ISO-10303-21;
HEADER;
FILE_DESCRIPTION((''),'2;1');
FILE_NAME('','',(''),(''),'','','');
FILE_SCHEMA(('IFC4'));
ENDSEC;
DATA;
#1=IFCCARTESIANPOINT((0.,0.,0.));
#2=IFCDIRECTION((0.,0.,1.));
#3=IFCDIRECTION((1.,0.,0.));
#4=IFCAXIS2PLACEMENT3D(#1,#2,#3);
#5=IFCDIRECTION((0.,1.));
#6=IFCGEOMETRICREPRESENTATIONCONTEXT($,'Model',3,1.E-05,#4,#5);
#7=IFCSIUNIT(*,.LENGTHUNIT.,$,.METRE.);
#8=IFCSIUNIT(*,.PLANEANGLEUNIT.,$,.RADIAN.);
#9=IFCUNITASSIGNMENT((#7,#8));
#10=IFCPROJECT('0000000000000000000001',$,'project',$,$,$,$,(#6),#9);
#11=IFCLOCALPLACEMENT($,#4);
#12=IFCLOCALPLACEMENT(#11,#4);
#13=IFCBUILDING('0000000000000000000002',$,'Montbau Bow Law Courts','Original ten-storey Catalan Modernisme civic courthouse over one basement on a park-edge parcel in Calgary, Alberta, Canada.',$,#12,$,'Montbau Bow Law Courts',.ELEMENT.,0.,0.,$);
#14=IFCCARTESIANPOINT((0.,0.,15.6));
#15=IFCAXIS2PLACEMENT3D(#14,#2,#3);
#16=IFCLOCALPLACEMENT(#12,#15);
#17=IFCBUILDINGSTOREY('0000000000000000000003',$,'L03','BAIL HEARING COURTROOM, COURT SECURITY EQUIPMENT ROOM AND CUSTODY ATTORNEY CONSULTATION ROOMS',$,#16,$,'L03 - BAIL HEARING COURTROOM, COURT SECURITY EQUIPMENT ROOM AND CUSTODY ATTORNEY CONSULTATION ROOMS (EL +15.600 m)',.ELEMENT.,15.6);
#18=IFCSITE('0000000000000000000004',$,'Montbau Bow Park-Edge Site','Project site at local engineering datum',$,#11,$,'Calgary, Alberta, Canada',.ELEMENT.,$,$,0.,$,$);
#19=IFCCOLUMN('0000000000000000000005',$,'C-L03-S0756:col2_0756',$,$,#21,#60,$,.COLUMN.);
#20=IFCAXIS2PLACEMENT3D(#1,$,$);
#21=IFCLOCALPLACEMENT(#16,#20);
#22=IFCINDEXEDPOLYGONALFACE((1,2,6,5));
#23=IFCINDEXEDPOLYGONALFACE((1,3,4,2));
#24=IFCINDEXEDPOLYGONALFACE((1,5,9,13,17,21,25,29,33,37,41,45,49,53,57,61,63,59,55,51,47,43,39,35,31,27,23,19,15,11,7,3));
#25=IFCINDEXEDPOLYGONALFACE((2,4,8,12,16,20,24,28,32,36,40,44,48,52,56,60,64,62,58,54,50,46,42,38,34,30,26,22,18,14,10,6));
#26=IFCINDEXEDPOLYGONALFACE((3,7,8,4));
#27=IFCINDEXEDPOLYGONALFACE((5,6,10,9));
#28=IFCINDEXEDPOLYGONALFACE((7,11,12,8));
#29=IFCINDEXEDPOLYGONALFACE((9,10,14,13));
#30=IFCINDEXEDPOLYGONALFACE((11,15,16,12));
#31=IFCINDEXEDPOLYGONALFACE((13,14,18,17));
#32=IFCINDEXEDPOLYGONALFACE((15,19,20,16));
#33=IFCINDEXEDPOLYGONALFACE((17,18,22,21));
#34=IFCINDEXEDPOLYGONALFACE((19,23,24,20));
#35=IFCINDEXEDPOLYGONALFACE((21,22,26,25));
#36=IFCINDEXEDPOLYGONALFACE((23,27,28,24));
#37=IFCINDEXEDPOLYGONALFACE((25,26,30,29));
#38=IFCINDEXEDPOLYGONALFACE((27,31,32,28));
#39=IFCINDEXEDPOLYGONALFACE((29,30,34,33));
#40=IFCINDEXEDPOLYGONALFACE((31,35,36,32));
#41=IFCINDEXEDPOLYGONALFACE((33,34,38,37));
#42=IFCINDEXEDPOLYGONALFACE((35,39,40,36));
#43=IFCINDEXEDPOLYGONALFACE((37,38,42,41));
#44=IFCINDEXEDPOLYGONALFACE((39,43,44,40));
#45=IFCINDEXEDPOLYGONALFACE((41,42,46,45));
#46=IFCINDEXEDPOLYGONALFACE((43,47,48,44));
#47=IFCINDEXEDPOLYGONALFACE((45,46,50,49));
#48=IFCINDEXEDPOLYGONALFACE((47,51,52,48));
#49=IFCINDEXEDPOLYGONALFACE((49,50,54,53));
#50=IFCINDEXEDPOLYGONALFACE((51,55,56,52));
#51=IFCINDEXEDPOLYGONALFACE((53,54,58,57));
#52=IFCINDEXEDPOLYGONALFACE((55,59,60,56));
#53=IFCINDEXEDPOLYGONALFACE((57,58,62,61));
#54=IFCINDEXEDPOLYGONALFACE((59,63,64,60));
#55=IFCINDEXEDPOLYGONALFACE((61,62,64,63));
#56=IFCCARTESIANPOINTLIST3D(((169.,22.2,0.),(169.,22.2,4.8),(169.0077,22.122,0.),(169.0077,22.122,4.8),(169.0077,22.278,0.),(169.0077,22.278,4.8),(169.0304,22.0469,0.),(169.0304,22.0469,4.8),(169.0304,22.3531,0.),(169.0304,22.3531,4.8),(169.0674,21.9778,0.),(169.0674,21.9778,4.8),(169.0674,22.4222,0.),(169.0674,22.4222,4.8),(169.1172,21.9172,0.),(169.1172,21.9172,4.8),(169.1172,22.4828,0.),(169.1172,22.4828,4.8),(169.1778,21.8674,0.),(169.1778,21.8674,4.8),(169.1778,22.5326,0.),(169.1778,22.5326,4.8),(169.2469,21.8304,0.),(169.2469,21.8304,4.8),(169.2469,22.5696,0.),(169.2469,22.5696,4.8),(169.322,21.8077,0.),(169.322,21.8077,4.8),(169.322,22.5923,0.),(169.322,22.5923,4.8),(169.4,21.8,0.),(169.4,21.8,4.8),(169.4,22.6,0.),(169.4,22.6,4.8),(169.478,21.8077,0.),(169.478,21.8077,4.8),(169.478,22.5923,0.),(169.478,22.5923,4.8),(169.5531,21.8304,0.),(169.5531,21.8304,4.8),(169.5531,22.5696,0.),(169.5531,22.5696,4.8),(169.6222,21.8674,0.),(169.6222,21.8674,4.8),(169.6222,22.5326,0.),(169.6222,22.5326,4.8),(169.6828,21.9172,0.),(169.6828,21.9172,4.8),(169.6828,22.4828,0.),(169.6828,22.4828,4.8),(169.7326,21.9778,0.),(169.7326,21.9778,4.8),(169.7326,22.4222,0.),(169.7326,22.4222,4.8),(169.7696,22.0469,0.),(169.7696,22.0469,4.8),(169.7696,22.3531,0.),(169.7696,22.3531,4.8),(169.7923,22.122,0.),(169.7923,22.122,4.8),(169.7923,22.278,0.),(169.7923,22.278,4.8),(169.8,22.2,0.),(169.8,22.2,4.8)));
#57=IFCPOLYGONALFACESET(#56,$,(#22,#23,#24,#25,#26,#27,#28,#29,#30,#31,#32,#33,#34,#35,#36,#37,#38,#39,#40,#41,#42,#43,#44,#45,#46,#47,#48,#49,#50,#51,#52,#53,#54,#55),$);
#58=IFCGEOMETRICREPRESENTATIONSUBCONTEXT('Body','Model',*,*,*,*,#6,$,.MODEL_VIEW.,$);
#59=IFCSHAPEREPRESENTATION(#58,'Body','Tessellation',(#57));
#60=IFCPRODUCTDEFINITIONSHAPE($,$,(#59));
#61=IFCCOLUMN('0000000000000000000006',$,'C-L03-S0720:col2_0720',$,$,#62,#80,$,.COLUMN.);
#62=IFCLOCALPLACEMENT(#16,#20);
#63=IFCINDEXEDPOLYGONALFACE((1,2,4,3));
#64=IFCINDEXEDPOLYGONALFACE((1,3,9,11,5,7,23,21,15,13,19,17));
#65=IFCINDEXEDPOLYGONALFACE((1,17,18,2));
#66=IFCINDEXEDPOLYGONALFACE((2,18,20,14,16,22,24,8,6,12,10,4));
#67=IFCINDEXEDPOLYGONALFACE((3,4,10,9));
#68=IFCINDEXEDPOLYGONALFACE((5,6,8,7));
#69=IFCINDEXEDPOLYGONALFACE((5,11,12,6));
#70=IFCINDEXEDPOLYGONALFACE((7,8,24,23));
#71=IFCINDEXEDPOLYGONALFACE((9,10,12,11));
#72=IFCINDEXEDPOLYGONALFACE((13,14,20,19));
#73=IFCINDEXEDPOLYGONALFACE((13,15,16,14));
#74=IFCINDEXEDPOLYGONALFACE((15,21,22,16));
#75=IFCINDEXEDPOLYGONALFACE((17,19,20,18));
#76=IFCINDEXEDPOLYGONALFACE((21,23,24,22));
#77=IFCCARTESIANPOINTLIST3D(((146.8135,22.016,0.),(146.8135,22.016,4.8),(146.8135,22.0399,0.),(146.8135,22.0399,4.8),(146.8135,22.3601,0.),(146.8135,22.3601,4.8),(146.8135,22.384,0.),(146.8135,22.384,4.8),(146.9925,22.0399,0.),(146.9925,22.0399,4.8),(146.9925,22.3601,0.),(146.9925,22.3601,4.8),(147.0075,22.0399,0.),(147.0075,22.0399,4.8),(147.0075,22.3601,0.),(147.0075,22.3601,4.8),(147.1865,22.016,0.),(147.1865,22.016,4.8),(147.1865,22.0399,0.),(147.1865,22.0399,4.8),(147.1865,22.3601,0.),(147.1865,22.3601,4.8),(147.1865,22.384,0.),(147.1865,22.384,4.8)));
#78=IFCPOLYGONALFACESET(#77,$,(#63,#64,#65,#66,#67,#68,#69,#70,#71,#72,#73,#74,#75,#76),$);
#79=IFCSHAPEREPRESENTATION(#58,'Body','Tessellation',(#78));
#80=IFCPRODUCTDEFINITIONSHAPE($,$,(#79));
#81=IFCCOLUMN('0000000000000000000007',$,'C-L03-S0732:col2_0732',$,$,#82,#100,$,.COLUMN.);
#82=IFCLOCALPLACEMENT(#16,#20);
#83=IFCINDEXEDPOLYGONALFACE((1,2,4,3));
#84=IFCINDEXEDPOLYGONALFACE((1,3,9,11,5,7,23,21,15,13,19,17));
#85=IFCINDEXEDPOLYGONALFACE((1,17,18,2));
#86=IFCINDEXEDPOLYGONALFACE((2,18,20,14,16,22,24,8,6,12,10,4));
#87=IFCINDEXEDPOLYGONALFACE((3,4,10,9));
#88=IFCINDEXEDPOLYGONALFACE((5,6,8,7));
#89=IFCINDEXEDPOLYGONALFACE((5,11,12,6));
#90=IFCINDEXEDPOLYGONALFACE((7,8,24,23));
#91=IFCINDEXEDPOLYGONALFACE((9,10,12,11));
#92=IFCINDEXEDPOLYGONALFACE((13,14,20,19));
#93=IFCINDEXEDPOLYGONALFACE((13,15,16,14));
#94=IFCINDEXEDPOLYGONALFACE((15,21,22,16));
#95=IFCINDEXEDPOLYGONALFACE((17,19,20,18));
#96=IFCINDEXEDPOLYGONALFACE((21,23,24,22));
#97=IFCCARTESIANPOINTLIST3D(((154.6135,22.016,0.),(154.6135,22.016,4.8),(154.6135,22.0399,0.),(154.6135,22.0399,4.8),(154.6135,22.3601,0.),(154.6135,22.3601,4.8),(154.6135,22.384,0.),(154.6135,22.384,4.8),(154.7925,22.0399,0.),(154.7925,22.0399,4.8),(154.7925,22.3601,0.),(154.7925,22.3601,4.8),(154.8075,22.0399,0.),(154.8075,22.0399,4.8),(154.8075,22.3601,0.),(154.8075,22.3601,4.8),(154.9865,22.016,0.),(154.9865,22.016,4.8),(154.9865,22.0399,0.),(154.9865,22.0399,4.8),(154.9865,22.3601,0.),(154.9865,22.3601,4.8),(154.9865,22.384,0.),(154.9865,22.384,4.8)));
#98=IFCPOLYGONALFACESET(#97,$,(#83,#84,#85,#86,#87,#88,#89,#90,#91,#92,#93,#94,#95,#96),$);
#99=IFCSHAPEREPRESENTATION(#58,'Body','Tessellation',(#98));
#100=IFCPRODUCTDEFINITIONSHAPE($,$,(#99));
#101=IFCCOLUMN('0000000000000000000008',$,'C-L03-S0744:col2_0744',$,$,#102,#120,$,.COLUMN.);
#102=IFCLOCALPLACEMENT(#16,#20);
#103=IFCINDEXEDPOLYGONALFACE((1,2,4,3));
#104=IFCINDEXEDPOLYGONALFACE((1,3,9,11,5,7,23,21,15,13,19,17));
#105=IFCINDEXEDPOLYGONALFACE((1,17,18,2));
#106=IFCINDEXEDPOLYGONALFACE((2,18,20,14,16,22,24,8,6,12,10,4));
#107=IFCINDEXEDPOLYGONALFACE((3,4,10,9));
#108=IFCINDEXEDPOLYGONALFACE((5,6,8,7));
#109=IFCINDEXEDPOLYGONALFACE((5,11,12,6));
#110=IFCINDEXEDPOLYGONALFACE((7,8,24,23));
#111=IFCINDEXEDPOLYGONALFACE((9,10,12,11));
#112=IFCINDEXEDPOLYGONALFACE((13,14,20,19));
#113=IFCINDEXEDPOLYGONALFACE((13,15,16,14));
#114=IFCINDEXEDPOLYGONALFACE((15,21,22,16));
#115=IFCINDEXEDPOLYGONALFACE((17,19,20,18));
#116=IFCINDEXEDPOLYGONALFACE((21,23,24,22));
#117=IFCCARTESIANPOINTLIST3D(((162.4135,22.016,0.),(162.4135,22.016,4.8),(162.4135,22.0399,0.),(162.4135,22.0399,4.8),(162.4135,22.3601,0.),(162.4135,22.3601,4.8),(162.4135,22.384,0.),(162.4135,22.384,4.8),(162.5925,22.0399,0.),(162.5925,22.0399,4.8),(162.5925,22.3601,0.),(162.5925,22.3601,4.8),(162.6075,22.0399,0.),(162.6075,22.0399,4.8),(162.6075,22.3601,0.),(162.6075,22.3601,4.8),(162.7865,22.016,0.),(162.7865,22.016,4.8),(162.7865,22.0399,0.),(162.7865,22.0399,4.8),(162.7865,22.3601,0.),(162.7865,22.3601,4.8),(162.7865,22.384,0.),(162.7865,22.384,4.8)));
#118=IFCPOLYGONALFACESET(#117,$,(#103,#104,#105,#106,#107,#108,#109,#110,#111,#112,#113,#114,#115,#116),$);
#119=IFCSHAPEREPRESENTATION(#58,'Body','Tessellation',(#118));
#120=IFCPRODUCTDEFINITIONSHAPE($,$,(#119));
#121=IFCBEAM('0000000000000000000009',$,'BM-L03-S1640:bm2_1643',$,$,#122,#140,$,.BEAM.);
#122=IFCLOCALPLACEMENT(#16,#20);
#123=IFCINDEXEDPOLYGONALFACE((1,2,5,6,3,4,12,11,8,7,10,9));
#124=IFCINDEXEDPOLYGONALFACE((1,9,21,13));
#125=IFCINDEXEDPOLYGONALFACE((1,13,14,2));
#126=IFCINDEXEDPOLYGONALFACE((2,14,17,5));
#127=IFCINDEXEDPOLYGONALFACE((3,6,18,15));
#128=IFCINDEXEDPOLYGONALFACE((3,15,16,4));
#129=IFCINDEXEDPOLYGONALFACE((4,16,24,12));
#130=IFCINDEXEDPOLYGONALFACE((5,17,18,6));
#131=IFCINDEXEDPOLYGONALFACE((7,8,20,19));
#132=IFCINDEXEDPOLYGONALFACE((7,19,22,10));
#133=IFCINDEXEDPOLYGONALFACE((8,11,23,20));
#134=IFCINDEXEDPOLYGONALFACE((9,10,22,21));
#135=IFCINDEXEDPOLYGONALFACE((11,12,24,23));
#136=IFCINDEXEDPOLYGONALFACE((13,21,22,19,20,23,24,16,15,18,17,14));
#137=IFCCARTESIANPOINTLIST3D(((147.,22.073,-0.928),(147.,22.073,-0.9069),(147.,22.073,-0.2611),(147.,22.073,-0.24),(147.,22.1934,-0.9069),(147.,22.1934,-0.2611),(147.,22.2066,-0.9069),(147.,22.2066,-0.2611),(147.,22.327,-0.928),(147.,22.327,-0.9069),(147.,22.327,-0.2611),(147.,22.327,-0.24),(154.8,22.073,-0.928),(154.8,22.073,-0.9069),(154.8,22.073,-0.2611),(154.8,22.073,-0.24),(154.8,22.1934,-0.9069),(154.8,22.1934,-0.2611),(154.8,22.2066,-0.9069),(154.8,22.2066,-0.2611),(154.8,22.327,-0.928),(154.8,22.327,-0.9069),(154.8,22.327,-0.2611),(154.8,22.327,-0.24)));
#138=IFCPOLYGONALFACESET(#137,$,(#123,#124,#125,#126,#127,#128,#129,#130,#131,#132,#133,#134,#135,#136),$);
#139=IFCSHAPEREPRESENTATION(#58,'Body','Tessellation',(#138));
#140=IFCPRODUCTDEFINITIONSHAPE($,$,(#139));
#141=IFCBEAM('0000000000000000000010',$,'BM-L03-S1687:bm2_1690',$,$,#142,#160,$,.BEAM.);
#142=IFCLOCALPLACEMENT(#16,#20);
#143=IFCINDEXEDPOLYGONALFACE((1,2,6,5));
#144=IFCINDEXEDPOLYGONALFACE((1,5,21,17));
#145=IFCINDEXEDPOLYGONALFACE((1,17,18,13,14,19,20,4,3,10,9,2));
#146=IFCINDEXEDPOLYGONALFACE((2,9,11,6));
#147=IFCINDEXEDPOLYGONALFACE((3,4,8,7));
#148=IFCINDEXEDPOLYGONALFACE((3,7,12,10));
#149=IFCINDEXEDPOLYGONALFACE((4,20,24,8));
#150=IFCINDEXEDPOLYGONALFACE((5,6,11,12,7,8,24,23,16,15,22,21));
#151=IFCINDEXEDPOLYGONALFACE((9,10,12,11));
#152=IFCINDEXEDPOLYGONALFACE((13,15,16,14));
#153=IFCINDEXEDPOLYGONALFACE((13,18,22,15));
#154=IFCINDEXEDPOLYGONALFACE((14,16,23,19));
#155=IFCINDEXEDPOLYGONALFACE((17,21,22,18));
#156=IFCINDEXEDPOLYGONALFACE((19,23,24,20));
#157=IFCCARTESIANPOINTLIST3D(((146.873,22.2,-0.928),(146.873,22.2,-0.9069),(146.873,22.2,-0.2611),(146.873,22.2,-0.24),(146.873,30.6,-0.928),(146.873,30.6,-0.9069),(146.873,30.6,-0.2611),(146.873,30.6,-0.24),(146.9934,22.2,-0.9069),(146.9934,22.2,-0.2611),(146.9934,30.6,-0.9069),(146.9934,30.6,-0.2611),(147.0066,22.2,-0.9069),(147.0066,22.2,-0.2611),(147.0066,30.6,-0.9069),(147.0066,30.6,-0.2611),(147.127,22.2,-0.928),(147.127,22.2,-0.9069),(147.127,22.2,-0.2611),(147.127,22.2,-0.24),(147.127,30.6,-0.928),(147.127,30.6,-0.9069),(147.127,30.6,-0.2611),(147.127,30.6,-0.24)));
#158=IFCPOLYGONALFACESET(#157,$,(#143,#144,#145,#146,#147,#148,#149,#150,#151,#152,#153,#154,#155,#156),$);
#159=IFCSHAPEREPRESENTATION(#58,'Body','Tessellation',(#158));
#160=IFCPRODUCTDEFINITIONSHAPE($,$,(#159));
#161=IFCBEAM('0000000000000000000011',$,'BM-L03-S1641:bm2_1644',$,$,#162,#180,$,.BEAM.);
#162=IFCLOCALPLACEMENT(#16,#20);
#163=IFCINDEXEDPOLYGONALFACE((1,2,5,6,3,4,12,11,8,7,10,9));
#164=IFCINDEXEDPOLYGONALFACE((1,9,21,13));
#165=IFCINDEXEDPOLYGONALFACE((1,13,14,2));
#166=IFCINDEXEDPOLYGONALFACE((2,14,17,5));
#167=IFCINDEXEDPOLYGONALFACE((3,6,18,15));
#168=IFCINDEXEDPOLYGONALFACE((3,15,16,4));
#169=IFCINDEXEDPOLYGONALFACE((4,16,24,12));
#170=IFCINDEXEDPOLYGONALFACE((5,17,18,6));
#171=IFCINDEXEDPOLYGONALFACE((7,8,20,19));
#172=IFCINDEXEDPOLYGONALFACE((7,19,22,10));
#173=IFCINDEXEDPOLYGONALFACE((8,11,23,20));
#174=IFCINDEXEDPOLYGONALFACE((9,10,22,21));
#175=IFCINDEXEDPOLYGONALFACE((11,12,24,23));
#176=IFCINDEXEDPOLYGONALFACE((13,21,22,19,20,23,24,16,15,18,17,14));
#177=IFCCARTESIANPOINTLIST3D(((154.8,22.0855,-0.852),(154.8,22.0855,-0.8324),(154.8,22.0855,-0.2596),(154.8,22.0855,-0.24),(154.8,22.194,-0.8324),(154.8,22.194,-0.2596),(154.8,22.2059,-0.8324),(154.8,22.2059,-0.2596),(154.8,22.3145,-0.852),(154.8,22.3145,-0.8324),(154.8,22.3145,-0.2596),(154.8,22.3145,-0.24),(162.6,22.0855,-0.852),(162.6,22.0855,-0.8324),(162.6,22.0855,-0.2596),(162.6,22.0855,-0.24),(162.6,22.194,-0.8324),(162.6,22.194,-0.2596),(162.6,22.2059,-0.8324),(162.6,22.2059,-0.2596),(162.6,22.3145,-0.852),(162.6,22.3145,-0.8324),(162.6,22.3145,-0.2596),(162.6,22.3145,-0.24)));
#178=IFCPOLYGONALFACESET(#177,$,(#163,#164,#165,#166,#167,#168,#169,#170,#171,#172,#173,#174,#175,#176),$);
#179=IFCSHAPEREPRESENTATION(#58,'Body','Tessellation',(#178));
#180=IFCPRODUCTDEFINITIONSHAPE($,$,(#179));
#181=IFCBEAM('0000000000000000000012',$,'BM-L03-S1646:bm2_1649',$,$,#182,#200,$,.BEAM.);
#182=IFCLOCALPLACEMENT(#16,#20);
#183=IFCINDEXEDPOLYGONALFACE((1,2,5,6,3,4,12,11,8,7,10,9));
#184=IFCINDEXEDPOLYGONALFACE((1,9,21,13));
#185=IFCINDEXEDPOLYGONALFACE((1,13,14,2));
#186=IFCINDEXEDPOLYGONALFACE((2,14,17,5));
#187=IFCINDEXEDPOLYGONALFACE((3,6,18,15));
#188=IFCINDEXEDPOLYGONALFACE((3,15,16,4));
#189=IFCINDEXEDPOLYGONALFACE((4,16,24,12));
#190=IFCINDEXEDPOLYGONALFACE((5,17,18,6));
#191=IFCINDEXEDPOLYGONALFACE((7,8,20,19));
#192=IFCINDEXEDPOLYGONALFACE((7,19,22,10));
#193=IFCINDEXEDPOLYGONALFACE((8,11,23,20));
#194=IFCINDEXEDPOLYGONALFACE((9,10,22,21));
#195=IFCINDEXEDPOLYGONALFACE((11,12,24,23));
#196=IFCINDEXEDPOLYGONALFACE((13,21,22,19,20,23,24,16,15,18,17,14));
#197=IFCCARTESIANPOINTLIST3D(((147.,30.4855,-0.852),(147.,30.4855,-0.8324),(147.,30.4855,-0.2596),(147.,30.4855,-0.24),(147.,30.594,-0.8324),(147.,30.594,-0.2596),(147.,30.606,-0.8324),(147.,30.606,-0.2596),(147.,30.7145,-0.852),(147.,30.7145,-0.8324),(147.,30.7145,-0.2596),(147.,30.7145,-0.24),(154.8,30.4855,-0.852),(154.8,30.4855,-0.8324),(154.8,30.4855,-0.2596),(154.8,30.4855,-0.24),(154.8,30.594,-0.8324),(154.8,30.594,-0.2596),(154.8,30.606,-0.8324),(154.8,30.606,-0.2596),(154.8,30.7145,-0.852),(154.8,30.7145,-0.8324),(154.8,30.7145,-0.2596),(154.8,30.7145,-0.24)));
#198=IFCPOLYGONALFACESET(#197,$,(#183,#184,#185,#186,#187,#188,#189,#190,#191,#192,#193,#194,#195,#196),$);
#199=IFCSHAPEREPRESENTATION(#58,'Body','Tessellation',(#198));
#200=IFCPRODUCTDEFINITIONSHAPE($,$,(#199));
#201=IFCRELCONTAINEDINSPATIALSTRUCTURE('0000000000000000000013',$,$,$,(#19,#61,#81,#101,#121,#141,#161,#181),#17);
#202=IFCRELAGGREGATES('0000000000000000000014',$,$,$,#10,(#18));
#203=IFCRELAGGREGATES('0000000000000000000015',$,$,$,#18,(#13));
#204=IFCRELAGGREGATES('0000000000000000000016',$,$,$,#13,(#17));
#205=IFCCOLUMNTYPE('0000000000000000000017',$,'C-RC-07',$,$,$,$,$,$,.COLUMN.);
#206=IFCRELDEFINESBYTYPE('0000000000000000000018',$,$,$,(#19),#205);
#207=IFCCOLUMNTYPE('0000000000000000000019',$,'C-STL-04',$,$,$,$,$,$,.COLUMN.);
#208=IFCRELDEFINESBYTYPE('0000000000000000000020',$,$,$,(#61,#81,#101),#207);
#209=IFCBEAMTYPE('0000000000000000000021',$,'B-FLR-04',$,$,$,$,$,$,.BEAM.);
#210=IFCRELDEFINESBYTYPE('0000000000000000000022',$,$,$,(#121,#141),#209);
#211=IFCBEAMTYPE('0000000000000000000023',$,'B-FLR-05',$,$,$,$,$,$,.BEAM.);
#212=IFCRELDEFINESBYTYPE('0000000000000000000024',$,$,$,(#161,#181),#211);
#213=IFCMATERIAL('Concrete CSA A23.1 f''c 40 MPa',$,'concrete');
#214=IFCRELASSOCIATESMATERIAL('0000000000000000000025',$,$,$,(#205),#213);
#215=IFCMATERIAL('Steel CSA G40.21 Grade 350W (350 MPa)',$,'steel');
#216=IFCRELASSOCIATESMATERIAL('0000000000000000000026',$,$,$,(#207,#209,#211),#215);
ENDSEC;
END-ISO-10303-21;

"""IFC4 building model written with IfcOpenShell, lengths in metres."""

from ifc_helpers import new_model, si_unit, direction, frame, origin_with_axes, origin_2d_with_axis, place, context, subcontext, project, spatial, circle, i_section, extrude, material, material_profile, profile_set, type_object, element, save


model = new_model("IFC4")

# Units and contexts
model_context = context("Model", 3, precision=1e-05, world=origin_with_axes(), true_north=direction((0.0, 1.0)))
body_context = subcontext(model_context, "Body", "Model", "MODEL_VIEW")
ifc_project = project(units=[si_unit("LENGTHUNIT", "METRE"), si_unit("PLANEANGLEUNIT", "RADIAN")], contexts=[model_context])

# Site, building, storey
site_placement = place(None, origin_with_axes())
site = spatial("IfcSite", under=ifc_project, at=site_placement, Name="Montbau Bow Park-Edge Site", Description="Project site at local engineering datum", LongName="Calgary, Alberta, Canada", CompositionType="ELEMENT", RefElevation=0.0)
building_placement = place(site_placement, origin_with_axes())
building = spatial("IfcBuilding", under=site, at=building_placement, Name="Montbau Bow Law Courts", Description="Original ten-storey Catalan Modernisme civic courthouse over one basement on a park-edge parcel in Calgary, Alberta, Canada.", LongName="Montbau Bow Law Courts", CompositionType="ELEMENT", ElevationOfRefHeight=0.0, ElevationOfTerrain=0.0)
storey_placement = place(building_placement, frame((0.0, 0.0, 15.6), z_axis=(0.0, 0.0, 1.0), x_axis=(1.0, 0.0, 0.0)))
storey = spatial("IfcBuildingStorey", under=building, at=storey_placement, Name="L03", Description="BAIL HEARING COURTROOM, COURT SECURITY EQUIPMENT ROOM AND CUSTODY ATTORNEY CONSULTATION ROOMS", LongName="L03 - BAIL HEARING COURTROOM, COURT SECURITY EQUIPMENT ROOM AND CUSTODY ATTORNEY CONSULTATION ROOMS (EL +15.600 m)", CompositionType="ELEMENT", Elevation=15.6)

# Columns
ifc_material_1 = material(Name="Concrete CSA A23.1 f'c 40 MPa", Category="concrete")
ifc_material_profile_1 = material_profile(ifc_material_1, circle(Radius=0.4, at=origin_2d_with_axis()), Name="RC800D", Category="Main", Priority=0)
ifc_profile_set_1 = profile_set([ifc_material_profile_1], Name="Concrete CSA A23.1 f'c 40 MPa")
column_type_1 = type_object("IfcColumnType", Name="C-RC-07", PredefinedType="COLUMN", material=ifc_profile_set_1)
column_placement = place(None, frame((169.4, 22.2, 15.6), z_axis=(0.0, 0.0, 1.0), x_axis=(1.0, 0.0, 0.0)))
element("IfcColumn", 1, at=column_placement, inside=storey, type_object=column_type_1, Name="C-L03-S0756:col2_0756", PredefinedType="COLUMN", context=body_context, shape_type="SweptSolid", body=[
    extrude(circle(Radius=0.4, at=origin_2d_with_axis()), origin_with_axes(), (0.0, 0.0, 1.0), 4.8),
])
ifc_material_2 = material(Name="Steel CSA G40.21 Grade 350W (350 MPa)", Category="steel")
ifc_material_profile_2 = material_profile(ifc_material_2, i_section(OverallWidth=0.373, OverallDepth=0.368, WebThickness=0.015, FlangeThickness=0.0239, at=origin_2d_with_axis()), Name="W360X179", Category="Main", Priority=0)
ifc_profile_set_2 = profile_set([ifc_material_profile_2], Name="Steel CSA G40.21 Grade 350W (350 MPa)")
column_type_2 = type_object("IfcColumnType", Name="C-STL-04", PredefinedType="COLUMN", material=ifc_profile_set_2)
for number, where, z_axis, x_axis, name in (
    (2, (147.0, 22.2, 15.6), (0.0, 0.0, 1.0), (1.0, 0.0, 0.0), "C-L03-S0720:col2_0720"),
    (3, (154.8, 22.2, 15.6), (0.0, 0.0, 1.0), (1.0, 0.0, 0.0), "C-L03-S0732:col2_0732"),
    (4, (162.6, 22.2, 15.6), (0.0, 0.0, 1.0), (1.0, 0.0, 0.0), "C-L03-S0744:col2_0744"),
):
    element("IfcColumn", number, at=place(None, frame(where, z_axis=z_axis, x_axis=x_axis)), inside=storey, type_object=column_type_2, Name=name, PredefinedType="COLUMN", context=body_context, shape_type="SweptSolid", body=[
        extrude(i_section(OverallWidth=0.373, OverallDepth=0.368, WebThickness=0.015, FlangeThickness=0.0239, at=origin_2d_with_axis()), origin_with_axes(), (0.0, 0.0, 1.0), 4.8),
    ])

# Beams
ifc_material_profile_3 = material_profile(ifc_material_2, i_section(OverallWidth=0.254, OverallDepth=0.688, WebThickness=0.0131, FlangeThickness=0.0211, at=origin_2d_with_axis()), Name="W690X152", Category="Main", Priority=0)
ifc_profile_set_3 = profile_set([ifc_material_profile_3], Name="Steel CSA G40.21 Grade 350W (350 MPa)")
beam_type_1 = type_object("IfcBeamType", Name="B-FLR-04", PredefinedType="BEAM", material=ifc_profile_set_3)
beam_1_placement = place(None, frame((147.0, 22.2, 15.016), z_axis=(1.0, 0.0, 0.0), x_axis=(0.0, 1.0, 0.0)))
element("IfcBeam", 5, at=beam_1_placement, inside=storey, type_object=beam_type_1, Name="BM-L03-S1640:bm2_1643", PredefinedType="BEAM", context=body_context, shape_type="SweptSolid", body=[
    extrude(i_section(OverallWidth=0.254, OverallDepth=0.688, WebThickness=0.0131, FlangeThickness=0.0211, at=origin_2d_with_axis()), origin_with_axes(), (0.0, 0.0, 1.0), 7.8),
])
beam_2_placement = place(None, frame((147.0, 22.2, 15.016), z_axis=(0.0, 1.0, 0.0), x_axis=(-1.0, 0.0, 0.0)))
element("IfcBeam", 6, at=beam_2_placement, inside=storey, type_object=beam_type_1, Name="BM-L03-S1687:bm2_1690", PredefinedType="BEAM", context=body_context, shape_type="SweptSolid", body=[
    extrude(i_section(OverallWidth=0.254, OverallDepth=0.688, WebThickness=0.0131, FlangeThickness=0.0211, at=origin_2d_with_axis()), origin_with_axes(), (0.0, 0.0, 1.0), 8.4),
])
ifc_material_profile_4 = material_profile(ifc_material_2, i_section(OverallWidth=0.229, OverallDepth=0.612, WebThickness=0.0119, FlangeThickness=0.0196, at=origin_2d_with_axis()), Name="W610X125", Category="Main", Priority=0)
ifc_profile_set_4 = profile_set([ifc_material_profile_4], Name="Steel CSA G40.21 Grade 350W (350 MPa)")
beam_type_2 = type_object("IfcBeamType", Name="B-FLR-05", PredefinedType="BEAM", material=ifc_profile_set_4)
for number, where, z_axis, x_axis, name in (
    (7, (154.8, 22.2, 15.054), (1.0, 0.0, 0.0), (0.0, 1.0, 0.0), "BM-L03-S1641:bm2_1644"),
    (8, (147.0, 30.6, 15.054), (1.0, 0.0, 0.0), (0.0, 1.0, 0.0), "BM-L03-S1646:bm2_1649"),
):
    element("IfcBeam", number, at=place(None, frame(where, z_axis=z_axis, x_axis=x_axis)), inside=storey, type_object=beam_type_2, Name=name, PredefinedType="BEAM", context=body_context, shape_type="SweptSolid", body=[
        extrude(i_section(OverallWidth=0.229, OverallDepth=0.612, WebThickness=0.0119, FlangeThickness=0.0196, at=origin_2d_with_axis()), origin_with_axes(), (0.0, 0.0, 1.0), 7.8),
    ])

save(model, "model.ifc")
